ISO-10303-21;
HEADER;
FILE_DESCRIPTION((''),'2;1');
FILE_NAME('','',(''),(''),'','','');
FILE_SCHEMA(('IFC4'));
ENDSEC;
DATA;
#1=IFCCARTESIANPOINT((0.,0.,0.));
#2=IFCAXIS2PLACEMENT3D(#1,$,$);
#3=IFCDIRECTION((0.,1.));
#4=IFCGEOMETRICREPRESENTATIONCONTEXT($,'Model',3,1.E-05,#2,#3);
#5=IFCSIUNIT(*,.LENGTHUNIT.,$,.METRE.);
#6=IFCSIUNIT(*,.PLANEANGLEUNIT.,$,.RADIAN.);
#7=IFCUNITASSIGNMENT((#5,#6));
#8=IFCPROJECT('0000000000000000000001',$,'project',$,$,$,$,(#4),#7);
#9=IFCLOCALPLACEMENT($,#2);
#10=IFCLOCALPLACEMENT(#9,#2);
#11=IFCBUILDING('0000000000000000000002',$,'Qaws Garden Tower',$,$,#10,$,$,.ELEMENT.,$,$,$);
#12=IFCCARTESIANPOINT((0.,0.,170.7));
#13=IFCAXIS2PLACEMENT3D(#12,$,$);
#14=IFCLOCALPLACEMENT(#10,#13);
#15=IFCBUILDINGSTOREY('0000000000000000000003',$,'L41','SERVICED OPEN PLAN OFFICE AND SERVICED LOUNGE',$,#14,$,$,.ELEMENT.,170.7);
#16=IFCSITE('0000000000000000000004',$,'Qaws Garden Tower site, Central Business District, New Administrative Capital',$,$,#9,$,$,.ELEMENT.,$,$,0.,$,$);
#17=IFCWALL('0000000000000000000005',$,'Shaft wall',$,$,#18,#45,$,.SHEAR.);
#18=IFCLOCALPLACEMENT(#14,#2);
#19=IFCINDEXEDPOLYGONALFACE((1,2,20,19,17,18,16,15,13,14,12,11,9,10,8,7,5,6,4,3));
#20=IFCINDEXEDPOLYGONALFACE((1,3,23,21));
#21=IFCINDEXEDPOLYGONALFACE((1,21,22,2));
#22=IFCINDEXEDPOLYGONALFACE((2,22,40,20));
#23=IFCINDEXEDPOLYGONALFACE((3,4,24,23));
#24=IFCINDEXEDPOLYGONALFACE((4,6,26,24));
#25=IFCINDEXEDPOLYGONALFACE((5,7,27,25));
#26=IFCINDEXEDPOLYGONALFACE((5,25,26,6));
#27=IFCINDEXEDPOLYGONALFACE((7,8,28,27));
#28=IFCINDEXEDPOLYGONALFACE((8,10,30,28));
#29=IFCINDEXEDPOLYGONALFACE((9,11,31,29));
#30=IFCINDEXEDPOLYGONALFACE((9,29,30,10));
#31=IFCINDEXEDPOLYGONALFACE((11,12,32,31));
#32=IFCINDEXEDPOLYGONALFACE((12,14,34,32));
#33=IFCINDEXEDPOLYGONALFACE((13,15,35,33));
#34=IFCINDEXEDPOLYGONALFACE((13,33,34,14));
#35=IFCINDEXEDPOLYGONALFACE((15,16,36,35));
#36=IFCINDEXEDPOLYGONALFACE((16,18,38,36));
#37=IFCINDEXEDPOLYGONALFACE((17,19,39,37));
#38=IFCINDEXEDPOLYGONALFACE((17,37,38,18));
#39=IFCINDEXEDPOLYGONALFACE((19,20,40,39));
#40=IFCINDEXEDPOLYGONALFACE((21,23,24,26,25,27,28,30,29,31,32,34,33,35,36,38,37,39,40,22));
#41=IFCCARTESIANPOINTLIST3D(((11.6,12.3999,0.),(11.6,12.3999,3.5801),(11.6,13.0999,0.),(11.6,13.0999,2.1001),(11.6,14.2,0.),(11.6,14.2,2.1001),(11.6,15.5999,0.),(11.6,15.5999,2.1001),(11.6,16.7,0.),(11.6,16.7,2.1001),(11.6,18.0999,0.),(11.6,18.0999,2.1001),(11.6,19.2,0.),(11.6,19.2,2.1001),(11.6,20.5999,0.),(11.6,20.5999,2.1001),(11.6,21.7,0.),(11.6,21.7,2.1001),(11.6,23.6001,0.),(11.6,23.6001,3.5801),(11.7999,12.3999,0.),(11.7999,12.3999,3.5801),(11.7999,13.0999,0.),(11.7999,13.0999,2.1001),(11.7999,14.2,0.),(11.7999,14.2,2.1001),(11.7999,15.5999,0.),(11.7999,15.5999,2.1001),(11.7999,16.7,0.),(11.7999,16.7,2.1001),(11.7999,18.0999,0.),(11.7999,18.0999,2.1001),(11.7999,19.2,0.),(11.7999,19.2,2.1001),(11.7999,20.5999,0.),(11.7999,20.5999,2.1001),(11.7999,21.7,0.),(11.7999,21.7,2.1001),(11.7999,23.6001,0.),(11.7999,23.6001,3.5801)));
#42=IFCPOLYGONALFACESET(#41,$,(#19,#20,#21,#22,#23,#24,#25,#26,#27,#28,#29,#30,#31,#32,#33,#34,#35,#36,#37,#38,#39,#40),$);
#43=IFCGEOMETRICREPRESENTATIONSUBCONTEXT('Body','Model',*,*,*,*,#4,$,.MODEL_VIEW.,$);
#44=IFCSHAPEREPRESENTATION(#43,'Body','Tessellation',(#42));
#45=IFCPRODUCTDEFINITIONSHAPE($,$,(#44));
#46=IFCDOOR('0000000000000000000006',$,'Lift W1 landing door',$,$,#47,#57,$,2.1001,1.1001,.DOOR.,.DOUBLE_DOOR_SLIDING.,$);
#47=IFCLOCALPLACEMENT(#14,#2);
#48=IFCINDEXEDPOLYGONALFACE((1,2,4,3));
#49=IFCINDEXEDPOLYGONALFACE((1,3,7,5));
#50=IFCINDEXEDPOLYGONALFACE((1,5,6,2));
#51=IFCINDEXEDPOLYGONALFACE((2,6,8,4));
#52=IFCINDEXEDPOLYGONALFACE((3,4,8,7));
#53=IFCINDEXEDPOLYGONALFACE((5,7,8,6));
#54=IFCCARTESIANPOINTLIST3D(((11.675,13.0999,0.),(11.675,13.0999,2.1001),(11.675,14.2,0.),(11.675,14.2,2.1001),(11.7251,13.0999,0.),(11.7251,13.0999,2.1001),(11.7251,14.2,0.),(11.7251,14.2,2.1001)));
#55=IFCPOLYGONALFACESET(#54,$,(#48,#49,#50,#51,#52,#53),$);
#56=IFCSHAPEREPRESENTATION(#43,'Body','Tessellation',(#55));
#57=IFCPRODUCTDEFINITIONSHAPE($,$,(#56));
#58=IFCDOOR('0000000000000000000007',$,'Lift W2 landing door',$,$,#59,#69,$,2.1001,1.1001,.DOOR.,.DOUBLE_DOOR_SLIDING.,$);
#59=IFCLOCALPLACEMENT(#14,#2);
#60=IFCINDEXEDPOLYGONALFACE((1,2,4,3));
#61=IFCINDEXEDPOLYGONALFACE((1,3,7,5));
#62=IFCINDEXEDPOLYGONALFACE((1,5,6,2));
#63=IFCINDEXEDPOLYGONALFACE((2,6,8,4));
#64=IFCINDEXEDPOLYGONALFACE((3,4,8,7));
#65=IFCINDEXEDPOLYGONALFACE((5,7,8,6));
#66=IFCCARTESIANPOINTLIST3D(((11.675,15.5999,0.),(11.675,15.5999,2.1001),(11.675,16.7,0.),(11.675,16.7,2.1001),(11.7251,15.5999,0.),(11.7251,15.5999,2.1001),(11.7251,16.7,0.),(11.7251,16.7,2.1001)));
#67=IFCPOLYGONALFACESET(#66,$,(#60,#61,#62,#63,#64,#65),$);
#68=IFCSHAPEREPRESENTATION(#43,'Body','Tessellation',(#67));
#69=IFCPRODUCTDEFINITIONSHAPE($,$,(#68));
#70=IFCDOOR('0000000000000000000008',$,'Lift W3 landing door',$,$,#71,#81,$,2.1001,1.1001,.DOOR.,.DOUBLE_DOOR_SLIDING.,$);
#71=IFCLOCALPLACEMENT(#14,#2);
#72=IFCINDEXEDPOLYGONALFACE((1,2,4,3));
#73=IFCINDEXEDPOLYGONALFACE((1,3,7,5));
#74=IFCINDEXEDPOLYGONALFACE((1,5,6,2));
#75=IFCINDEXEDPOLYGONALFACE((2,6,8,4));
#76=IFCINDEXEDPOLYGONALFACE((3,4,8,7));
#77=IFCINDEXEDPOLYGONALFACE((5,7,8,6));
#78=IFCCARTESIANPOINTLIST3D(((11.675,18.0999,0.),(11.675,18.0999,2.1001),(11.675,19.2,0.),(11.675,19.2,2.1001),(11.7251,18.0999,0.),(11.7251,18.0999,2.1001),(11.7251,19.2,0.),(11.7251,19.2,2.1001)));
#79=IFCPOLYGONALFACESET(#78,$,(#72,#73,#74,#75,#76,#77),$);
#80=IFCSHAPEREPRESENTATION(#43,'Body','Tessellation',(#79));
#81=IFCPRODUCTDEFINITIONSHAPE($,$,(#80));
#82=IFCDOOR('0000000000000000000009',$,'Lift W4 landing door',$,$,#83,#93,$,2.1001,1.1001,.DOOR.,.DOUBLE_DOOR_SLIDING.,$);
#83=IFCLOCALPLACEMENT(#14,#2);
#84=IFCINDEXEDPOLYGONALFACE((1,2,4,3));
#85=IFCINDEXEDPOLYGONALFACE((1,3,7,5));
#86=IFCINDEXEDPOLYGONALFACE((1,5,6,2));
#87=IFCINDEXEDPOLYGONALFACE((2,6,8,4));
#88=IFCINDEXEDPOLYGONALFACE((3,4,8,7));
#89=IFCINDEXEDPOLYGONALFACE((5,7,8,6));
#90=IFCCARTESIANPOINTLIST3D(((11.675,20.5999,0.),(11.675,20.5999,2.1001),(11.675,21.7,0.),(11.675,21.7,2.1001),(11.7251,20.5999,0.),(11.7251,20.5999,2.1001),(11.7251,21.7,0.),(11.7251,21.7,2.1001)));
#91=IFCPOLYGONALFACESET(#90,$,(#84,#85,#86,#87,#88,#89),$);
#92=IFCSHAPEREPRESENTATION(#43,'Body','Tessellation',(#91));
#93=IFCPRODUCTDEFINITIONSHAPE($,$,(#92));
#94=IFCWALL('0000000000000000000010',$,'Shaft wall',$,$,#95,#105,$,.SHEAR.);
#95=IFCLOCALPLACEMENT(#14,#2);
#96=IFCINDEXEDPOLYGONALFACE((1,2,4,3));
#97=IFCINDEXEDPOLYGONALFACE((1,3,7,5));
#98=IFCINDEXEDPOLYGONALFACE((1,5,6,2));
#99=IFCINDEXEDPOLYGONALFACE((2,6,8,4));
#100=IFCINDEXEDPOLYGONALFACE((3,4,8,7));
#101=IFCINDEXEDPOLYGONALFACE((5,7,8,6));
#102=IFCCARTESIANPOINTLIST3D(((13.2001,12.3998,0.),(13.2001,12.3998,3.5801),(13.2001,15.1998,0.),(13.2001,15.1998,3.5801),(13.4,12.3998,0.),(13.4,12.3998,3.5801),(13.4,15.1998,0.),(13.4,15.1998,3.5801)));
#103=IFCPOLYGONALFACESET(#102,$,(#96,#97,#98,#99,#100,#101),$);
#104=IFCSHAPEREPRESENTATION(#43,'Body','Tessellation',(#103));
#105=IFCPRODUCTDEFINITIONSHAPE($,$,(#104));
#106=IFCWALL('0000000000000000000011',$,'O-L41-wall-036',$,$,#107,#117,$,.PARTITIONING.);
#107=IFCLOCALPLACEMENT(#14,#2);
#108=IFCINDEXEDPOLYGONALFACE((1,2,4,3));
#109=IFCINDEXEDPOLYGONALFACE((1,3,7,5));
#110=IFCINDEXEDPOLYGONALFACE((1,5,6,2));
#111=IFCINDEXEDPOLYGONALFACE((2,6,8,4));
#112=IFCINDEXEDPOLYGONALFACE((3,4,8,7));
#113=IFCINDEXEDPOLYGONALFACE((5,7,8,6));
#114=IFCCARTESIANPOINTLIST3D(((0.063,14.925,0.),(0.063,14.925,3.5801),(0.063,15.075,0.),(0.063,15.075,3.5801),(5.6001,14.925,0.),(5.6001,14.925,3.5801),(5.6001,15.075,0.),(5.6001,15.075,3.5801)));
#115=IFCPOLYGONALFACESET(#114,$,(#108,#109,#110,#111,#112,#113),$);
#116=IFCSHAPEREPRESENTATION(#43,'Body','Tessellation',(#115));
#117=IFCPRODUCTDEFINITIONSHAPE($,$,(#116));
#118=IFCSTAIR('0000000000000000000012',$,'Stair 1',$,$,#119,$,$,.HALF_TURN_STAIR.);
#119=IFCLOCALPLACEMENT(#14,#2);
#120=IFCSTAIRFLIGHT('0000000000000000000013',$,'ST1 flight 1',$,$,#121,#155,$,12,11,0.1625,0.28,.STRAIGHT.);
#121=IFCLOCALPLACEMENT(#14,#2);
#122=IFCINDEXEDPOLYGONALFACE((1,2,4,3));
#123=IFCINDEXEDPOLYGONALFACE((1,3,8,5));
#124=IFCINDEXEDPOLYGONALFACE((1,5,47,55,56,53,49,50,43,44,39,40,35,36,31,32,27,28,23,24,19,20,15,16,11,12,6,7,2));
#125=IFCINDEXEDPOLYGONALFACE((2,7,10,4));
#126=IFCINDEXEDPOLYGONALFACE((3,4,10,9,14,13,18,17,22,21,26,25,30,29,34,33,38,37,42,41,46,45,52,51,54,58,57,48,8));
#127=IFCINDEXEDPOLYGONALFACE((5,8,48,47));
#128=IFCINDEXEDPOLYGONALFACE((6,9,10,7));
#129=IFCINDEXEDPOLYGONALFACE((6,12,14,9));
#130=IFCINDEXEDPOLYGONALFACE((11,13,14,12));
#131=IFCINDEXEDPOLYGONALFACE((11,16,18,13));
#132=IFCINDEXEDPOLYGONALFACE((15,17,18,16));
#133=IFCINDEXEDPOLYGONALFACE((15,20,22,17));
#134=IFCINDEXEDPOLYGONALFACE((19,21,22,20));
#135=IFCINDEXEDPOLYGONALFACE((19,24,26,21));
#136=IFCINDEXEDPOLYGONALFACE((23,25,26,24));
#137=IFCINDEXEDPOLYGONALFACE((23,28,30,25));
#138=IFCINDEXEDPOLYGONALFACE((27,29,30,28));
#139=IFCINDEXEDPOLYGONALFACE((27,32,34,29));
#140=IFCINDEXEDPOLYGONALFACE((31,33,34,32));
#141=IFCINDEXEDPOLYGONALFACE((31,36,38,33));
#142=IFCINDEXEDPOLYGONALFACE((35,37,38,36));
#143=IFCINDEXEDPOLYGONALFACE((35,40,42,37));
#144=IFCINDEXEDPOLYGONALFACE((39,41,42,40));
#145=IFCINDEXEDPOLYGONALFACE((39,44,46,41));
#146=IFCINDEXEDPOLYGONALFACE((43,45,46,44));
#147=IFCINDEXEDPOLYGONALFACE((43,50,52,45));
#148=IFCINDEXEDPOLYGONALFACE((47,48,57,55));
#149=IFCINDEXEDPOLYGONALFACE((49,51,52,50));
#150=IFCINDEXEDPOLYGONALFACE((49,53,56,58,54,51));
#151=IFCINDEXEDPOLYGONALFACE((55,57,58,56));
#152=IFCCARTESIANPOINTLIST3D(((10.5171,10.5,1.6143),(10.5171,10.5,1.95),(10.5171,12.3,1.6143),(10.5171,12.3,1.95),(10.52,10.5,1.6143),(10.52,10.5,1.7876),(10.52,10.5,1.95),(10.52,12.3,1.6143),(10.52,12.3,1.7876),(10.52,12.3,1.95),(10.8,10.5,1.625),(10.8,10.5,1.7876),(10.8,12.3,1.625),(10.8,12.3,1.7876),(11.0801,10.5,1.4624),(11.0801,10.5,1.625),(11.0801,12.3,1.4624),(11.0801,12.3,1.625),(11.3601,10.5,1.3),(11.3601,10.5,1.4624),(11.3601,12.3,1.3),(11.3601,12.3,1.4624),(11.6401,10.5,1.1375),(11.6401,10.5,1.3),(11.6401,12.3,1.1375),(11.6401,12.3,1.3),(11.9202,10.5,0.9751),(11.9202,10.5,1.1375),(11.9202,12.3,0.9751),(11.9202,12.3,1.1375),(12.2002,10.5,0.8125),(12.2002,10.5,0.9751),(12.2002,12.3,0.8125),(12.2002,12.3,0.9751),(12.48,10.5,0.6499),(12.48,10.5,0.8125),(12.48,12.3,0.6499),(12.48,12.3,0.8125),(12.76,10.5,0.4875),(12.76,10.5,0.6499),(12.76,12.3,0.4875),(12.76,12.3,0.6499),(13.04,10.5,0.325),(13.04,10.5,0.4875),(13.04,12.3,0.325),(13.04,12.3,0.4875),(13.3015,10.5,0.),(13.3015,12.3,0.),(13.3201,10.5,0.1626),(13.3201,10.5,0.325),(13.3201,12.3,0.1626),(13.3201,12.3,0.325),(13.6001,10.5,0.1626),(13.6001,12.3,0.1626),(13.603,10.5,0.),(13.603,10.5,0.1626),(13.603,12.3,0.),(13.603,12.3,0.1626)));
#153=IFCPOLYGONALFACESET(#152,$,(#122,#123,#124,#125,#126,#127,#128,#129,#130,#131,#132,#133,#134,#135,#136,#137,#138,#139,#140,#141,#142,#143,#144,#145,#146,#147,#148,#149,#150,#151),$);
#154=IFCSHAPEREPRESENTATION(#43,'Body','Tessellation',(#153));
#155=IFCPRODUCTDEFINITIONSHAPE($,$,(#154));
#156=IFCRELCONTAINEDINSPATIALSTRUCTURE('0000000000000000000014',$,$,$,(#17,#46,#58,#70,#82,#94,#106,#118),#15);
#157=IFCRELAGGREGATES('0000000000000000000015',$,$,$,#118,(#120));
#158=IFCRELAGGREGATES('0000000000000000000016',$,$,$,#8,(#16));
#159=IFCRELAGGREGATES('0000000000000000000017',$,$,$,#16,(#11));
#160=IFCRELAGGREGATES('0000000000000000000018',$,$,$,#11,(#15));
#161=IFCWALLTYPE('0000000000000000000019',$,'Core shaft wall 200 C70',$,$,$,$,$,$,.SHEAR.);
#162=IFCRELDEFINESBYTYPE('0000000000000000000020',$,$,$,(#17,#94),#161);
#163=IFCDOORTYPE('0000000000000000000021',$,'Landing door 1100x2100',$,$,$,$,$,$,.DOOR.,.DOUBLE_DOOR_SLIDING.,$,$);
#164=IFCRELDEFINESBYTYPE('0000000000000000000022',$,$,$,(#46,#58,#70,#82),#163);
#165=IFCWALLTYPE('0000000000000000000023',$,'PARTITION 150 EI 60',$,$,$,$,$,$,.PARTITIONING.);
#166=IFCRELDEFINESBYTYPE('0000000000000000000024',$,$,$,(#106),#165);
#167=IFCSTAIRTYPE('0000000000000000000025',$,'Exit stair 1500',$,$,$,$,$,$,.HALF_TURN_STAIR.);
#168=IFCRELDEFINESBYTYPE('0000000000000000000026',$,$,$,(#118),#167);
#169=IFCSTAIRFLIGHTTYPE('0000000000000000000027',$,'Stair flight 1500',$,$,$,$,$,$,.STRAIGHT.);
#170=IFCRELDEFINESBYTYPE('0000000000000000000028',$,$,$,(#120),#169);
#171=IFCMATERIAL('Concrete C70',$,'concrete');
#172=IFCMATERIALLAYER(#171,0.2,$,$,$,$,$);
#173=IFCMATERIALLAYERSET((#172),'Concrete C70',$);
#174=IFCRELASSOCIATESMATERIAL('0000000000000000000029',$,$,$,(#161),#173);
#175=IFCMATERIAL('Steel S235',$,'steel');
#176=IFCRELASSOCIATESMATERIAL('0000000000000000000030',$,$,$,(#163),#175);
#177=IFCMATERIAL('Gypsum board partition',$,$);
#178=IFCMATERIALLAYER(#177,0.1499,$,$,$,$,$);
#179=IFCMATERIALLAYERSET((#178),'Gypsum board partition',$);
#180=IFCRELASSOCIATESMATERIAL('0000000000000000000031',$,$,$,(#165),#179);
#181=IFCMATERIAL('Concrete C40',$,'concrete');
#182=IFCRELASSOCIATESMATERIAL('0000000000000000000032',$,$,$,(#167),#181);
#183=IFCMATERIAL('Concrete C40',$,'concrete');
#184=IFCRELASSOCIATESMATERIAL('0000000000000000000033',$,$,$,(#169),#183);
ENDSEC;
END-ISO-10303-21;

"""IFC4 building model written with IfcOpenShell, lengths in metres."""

from ifc_helpers import new_model, si_unit, direction, frame, frame_2d, origin, place, context, subcontext, project, spatial, polyline, rectangle, outline, extrude, material, layer, layer_set, type_object, element, fill, aggregate, save


model = new_model("IFC4")

# Units and contexts
model_context = context("Model", 3, precision=1e-05, world=origin(), true_north=direction((0.0, 1.0)))
body_context = subcontext(model_context, "Body", "Model", "MODEL_VIEW")
ifc_project = project(units=[si_unit("LENGTHUNIT", "METRE"), si_unit("PLANEANGLEUNIT", "RADIAN")], contexts=[model_context])

# Site, building, storey
site_placement = place(None, origin())
site = spatial("IfcSite", under=ifc_project, at=site_placement, Name="Qaws Garden Tower site, Central Business District, New Administrative Capital", CompositionType="ELEMENT", RefElevation=0.0)
building_placement = place(site_placement, origin())
building = spatial("IfcBuilding", under=site, at=building_placement, Name="Qaws Garden Tower", CompositionType="ELEMENT")
storey_placement = place(building_placement, frame((0.0, 0.0, 170.7)))
storey = spatial("IfcBuildingStorey", under=building, at=storey_placement, Name="L41", Description="SERVICED OPEN PLAN OFFICE AND SERVICED LOUNGE", CompositionType="ELEMENT", Elevation=170.7)

# Shared definitions
ifc_material_1 = material(Name="Concrete C70", Category="concrete")
ifc_layer_1 = layer(ifc_material_1, 0.2)
ifc_layer_set_1 = layer_set([ifc_layer_1], Name="Concrete C70")
wall_type_1 = type_object("IfcWallType", Name="Core shaft wall 200 C70", PredefinedType="SHEAR", material=ifc_layer_set_1)

# Wall, openings, doors
wall_1_placement = place(storey_placement, frame((11.7, 12.3999, 0.0), z_axis=(0.0, 0.0, 1.0), x_axis=(0.0, 1.0, 0.0)))
wall_1 = element("IfcWall", 1, at=wall_1_placement, inside=storey, type_object=wall_type_1, Name="Shaft wall", PredefinedType="SHEAR", context=body_context, shape_type="SweptSolid", body=[
    extrude(rectangle(XDim=11.2002, YDim=0.2, at=frame_2d((5.6001, 0.0))), origin(), (0.0, 0.0, 1.0), 3.5801),
])
opening_1_placement = place(wall_1_placement, frame((0.7, 0.0, 0.0)))
opening_1 = element("IfcOpeningElement", 2, at=opening_1_placement, cuts=wall_1, PredefinedType="OPENING", context=body_context, shape_type="SweptSolid", body=[
    extrude(rectangle(XDim=1.1001, YDim=2.1001, at=frame_2d((0.55, 1.05))), frame((0.0, 0.1099, 0.0), z_axis=(0.0, -1.0, 0.0), x_axis=(1.0, 0.0, 0.0)), (0.0, 0.0, 1.0), 0.22),
])
opening_2_placement = place(wall_1_placement, frame((3.2, 0.0, 0.0)))
opening_2 = element("IfcOpeningElement", 3, at=opening_2_placement, cuts=wall_1, PredefinedType="OPENING", context=body_context, shape_type="SweptSolid", body=[
    extrude(rectangle(XDim=1.1001, YDim=2.1001, at=frame_2d((0.55, 1.05))), frame((0.0, 0.1099, 0.0), z_axis=(0.0, -1.0, 0.0), x_axis=(1.0, 0.0, 0.0)), (0.0, 0.0, 1.0), 0.22),
])
opening_3_placement = place(wall_1_placement, frame((5.7, 0.0, 0.0)))
opening_3 = element("IfcOpeningElement", 4, at=opening_3_placement, cuts=wall_1, PredefinedType="OPENING", context=body_context, shape_type="SweptSolid", body=[
    extrude(rectangle(XDim=1.1001, YDim=2.1001, at=frame_2d((0.55, 1.05))), frame((0.0, 0.1099, 0.0), z_axis=(0.0, -1.0, 0.0), x_axis=(1.0, 0.0, 0.0)), (0.0, 0.0, 1.0), 0.22),
])
opening_4_placement = place(wall_1_placement, frame((8.2, 0.0, 0.0)))
opening_4 = element("IfcOpeningElement", 5, at=opening_4_placement, cuts=wall_1, PredefinedType="OPENING", context=body_context, shape_type="SweptSolid", body=[
    extrude(rectangle(XDim=1.1001, YDim=2.1001, at=frame_2d((0.55, 1.05))), frame((0.0, 0.1099, 0.0), z_axis=(0.0, -1.0, 0.0), x_axis=(1.0, 0.0, 0.0)), (0.0, 0.0, 1.0), 0.22),
])
ifc_material_2 = material(Name="Steel S235", Category="steel")
door_type = type_object("IfcDoorType", Name="Landing door 1100x2100", OperationType="DOUBLE_DOOR_SLIDING", PredefinedType="DOOR", material=ifc_material_2)
door_1_placement = place(opening_1_placement, origin())
door_1 = element("IfcDoor", 6, at=door_1_placement, inside=storey, type_object=door_type, Name="Lift W1 landing door", OperationType="DOUBLE_DOOR_SLIDING", OverallHeight=2.1001, OverallWidth=1.1001, PredefinedType="DOOR", context=body_context, shape_type="SweptSolid", body=[
    extrude(rectangle(XDim=1.1001, YDim=2.1001, at=frame_2d((0.55, 1.05))), frame((0.0, 0.0249, 0.0), z_axis=(0.0, -1.0, 0.0), x_axis=(1.0, 0.0, 0.0)), (0.0, 0.0, 1.0), 0.05),
])
fill(opening_1, door_1)
door_2_placement = place(opening_2_placement, origin())
door_2 = element("IfcDoor", 7, at=door_2_placement, inside=storey, type_object=door_type, Name="Lift W2 landing door", OperationType="DOUBLE_DOOR_SLIDING", OverallHeight=2.1001, OverallWidth=1.1001, PredefinedType="DOOR", context=body_context, shape_type="SweptSolid", body=[
    extrude(rectangle(XDim=1.1001, YDim=2.1001, at=frame_2d((0.55, 1.05))), frame((0.0, 0.0249, 0.0), z_axis=(0.0, -1.0, 0.0), x_axis=(1.0, 0.0, 0.0)), (0.0, 0.0, 1.0), 0.05),
])
fill(opening_2, door_2)
door_3_placement = place(opening_3_placement, origin())
door_3 = element("IfcDoor", 8, at=door_3_placement, inside=storey, type_object=door_type, Name="Lift W3 landing door", OperationType="DOUBLE_DOOR_SLIDING", OverallHeight=2.1001, OverallWidth=1.1001, PredefinedType="DOOR", context=body_context, shape_type="SweptSolid", body=[
    extrude(rectangle(XDim=1.1001, YDim=2.1001, at=frame_2d((0.55, 1.05))), frame((0.0, 0.0249, 0.0), z_axis=(0.0, -1.0, 0.0), x_axis=(1.0, 0.0, 0.0)), (0.0, 0.0, 1.0), 0.05),
])
fill(opening_3, door_3)
door_4_placement = place(opening_4_placement, origin())
door_4 = element("IfcDoor", 9, at=door_4_placement, inside=storey, type_object=door_type, Name="Lift W4 landing door", OperationType="DOUBLE_DOOR_SLIDING", OverallHeight=2.1001, OverallWidth=1.1001, PredefinedType="DOOR", context=body_context, shape_type="SweptSolid", body=[
    extrude(rectangle(XDim=1.1001, YDim=2.1001, at=frame_2d((0.55, 1.05))), frame((0.0, 0.0249, 0.0), z_axis=(0.0, -1.0, 0.0), x_axis=(1.0, 0.0, 0.0)), (0.0, 0.0, 1.0), 0.05),
])
fill(opening_4, door_4)

# Walls
wall_2_placement = place(storey_placement, frame((13.3, 12.3999, 0.0), z_axis=(0.0, 0.0, 1.0), x_axis=(0.0, 1.0, 0.0)))
element("IfcWall", 10, at=wall_2_placement, inside=storey, type_object=wall_type_1, Name="Shaft wall", PredefinedType="SHEAR", context=body_context, shape_type="SweptSolid", body=[
    extrude(rectangle(XDim=2.8, YDim=0.2, at=frame_2d((1.3999, 0.0))), origin(), (0.0, 0.0, 1.0), 3.5801),
])
ifc_material_3 = material(Name="Gypsum board partition")
ifc_layer_2 = layer(ifc_material_3, 0.1499)
ifc_layer_set_2 = layer_set([ifc_layer_2], Name="Gypsum board partition")
wall_type_2 = type_object("IfcWallType", Name="PARTITION 150 EI 60", PredefinedType="PARTITIONING", material=ifc_layer_set_2)
wall_3_placement = place(storey_placement, frame((0.063, 15.0, 0.0), z_axis=(0.0, 0.0, 1.0), x_axis=(1.0, 0.0, 0.0)))
element("IfcWall", 11, at=wall_3_placement, inside=storey, type_object=wall_type_2, Name="O-L41-wall-036", PredefinedType="PARTITIONING", context=body_context, shape_type="SweptSolid", body=[
    extrude(rectangle(XDim=5.5371, YDim=0.1499, at=frame_2d((2.7686, 0.0))), origin(), (0.0, 0.0, 1.0), 3.5801),
])

# Stair, stair flight
ifc_material_4 = material(Name="Concrete C40", Category="concrete")
stair_type = type_object("IfcStairType", Name="Exit stair 1500", PredefinedType="HALF_TURN_STAIR", material=ifc_material_4)
stair_placement = place(storey_placement, origin())
stair = element("IfcStair", 12, at=stair_placement, inside=storey, type_object=stair_type, Name="Stair 1", PredefinedType="HALF_TURN_STAIR")
ifc_material_5 = material(Name="Concrete C40", Category="concrete")
stair_flight_type = type_object("IfcStairFlightType", Name="Stair flight 1500", PredefinedType="STRAIGHT", material=ifc_material_5)
stair_flight_1_placement = place(storey_placement, frame((13.6001, 11.3999, 0.0), z_axis=(0.0, 0.0, 1.0), x_axis=(-1.0, 0.0, 0.0)))
stair_flight_1 = element("IfcStairFlight", 13, at=stair_flight_1_placement, type_object=stair_flight_type, Name="ST1 flight 1", NumberOfRisers=12, NumberOfTreads=11, PredefinedType="STRAIGHT", RiserHeight=0.1625, TreadLength=0.28, context=body_context, shape_type="SweptSolid", body=[
    extrude(outline(polyline([(-0.0029, 0.0), (-0.0029, 0.1626), (0.0, 0.1626), (0.28, 0.1626), (0.28, 0.325), (0.5601, 0.325), (0.5601, 0.4875), (0.8401, 0.4875), (0.8401, 0.6499), (1.1201, 0.6499), (1.1201, 0.8125), (1.3999, 0.8125), (1.3999, 0.9751), (1.6799, 0.9751), (1.6799, 1.1375), (1.96, 1.1375), (1.96, 1.3), (2.24, 1.3), (2.24, 1.4624), (2.52, 1.4624), (2.52, 1.625), (2.8, 1.625), (2.8, 1.7876), (3.0801, 1.7876), (3.0801, 1.95), (3.083, 1.95), (3.083, 1.6143), (3.0801, 1.6143), (0.2986, 0.0), (-0.0029, 0.0)])), frame((0.0, 0.8999, 0.0), z_axis=(0.0, -1.0, 0.0), x_axis=(1.0, 0.0, 0.0)), (0.0, 0.0, 1.0), 1.8),
])
aggregate(stair, [stair_flight_1])

save(model, "model.ifc")
